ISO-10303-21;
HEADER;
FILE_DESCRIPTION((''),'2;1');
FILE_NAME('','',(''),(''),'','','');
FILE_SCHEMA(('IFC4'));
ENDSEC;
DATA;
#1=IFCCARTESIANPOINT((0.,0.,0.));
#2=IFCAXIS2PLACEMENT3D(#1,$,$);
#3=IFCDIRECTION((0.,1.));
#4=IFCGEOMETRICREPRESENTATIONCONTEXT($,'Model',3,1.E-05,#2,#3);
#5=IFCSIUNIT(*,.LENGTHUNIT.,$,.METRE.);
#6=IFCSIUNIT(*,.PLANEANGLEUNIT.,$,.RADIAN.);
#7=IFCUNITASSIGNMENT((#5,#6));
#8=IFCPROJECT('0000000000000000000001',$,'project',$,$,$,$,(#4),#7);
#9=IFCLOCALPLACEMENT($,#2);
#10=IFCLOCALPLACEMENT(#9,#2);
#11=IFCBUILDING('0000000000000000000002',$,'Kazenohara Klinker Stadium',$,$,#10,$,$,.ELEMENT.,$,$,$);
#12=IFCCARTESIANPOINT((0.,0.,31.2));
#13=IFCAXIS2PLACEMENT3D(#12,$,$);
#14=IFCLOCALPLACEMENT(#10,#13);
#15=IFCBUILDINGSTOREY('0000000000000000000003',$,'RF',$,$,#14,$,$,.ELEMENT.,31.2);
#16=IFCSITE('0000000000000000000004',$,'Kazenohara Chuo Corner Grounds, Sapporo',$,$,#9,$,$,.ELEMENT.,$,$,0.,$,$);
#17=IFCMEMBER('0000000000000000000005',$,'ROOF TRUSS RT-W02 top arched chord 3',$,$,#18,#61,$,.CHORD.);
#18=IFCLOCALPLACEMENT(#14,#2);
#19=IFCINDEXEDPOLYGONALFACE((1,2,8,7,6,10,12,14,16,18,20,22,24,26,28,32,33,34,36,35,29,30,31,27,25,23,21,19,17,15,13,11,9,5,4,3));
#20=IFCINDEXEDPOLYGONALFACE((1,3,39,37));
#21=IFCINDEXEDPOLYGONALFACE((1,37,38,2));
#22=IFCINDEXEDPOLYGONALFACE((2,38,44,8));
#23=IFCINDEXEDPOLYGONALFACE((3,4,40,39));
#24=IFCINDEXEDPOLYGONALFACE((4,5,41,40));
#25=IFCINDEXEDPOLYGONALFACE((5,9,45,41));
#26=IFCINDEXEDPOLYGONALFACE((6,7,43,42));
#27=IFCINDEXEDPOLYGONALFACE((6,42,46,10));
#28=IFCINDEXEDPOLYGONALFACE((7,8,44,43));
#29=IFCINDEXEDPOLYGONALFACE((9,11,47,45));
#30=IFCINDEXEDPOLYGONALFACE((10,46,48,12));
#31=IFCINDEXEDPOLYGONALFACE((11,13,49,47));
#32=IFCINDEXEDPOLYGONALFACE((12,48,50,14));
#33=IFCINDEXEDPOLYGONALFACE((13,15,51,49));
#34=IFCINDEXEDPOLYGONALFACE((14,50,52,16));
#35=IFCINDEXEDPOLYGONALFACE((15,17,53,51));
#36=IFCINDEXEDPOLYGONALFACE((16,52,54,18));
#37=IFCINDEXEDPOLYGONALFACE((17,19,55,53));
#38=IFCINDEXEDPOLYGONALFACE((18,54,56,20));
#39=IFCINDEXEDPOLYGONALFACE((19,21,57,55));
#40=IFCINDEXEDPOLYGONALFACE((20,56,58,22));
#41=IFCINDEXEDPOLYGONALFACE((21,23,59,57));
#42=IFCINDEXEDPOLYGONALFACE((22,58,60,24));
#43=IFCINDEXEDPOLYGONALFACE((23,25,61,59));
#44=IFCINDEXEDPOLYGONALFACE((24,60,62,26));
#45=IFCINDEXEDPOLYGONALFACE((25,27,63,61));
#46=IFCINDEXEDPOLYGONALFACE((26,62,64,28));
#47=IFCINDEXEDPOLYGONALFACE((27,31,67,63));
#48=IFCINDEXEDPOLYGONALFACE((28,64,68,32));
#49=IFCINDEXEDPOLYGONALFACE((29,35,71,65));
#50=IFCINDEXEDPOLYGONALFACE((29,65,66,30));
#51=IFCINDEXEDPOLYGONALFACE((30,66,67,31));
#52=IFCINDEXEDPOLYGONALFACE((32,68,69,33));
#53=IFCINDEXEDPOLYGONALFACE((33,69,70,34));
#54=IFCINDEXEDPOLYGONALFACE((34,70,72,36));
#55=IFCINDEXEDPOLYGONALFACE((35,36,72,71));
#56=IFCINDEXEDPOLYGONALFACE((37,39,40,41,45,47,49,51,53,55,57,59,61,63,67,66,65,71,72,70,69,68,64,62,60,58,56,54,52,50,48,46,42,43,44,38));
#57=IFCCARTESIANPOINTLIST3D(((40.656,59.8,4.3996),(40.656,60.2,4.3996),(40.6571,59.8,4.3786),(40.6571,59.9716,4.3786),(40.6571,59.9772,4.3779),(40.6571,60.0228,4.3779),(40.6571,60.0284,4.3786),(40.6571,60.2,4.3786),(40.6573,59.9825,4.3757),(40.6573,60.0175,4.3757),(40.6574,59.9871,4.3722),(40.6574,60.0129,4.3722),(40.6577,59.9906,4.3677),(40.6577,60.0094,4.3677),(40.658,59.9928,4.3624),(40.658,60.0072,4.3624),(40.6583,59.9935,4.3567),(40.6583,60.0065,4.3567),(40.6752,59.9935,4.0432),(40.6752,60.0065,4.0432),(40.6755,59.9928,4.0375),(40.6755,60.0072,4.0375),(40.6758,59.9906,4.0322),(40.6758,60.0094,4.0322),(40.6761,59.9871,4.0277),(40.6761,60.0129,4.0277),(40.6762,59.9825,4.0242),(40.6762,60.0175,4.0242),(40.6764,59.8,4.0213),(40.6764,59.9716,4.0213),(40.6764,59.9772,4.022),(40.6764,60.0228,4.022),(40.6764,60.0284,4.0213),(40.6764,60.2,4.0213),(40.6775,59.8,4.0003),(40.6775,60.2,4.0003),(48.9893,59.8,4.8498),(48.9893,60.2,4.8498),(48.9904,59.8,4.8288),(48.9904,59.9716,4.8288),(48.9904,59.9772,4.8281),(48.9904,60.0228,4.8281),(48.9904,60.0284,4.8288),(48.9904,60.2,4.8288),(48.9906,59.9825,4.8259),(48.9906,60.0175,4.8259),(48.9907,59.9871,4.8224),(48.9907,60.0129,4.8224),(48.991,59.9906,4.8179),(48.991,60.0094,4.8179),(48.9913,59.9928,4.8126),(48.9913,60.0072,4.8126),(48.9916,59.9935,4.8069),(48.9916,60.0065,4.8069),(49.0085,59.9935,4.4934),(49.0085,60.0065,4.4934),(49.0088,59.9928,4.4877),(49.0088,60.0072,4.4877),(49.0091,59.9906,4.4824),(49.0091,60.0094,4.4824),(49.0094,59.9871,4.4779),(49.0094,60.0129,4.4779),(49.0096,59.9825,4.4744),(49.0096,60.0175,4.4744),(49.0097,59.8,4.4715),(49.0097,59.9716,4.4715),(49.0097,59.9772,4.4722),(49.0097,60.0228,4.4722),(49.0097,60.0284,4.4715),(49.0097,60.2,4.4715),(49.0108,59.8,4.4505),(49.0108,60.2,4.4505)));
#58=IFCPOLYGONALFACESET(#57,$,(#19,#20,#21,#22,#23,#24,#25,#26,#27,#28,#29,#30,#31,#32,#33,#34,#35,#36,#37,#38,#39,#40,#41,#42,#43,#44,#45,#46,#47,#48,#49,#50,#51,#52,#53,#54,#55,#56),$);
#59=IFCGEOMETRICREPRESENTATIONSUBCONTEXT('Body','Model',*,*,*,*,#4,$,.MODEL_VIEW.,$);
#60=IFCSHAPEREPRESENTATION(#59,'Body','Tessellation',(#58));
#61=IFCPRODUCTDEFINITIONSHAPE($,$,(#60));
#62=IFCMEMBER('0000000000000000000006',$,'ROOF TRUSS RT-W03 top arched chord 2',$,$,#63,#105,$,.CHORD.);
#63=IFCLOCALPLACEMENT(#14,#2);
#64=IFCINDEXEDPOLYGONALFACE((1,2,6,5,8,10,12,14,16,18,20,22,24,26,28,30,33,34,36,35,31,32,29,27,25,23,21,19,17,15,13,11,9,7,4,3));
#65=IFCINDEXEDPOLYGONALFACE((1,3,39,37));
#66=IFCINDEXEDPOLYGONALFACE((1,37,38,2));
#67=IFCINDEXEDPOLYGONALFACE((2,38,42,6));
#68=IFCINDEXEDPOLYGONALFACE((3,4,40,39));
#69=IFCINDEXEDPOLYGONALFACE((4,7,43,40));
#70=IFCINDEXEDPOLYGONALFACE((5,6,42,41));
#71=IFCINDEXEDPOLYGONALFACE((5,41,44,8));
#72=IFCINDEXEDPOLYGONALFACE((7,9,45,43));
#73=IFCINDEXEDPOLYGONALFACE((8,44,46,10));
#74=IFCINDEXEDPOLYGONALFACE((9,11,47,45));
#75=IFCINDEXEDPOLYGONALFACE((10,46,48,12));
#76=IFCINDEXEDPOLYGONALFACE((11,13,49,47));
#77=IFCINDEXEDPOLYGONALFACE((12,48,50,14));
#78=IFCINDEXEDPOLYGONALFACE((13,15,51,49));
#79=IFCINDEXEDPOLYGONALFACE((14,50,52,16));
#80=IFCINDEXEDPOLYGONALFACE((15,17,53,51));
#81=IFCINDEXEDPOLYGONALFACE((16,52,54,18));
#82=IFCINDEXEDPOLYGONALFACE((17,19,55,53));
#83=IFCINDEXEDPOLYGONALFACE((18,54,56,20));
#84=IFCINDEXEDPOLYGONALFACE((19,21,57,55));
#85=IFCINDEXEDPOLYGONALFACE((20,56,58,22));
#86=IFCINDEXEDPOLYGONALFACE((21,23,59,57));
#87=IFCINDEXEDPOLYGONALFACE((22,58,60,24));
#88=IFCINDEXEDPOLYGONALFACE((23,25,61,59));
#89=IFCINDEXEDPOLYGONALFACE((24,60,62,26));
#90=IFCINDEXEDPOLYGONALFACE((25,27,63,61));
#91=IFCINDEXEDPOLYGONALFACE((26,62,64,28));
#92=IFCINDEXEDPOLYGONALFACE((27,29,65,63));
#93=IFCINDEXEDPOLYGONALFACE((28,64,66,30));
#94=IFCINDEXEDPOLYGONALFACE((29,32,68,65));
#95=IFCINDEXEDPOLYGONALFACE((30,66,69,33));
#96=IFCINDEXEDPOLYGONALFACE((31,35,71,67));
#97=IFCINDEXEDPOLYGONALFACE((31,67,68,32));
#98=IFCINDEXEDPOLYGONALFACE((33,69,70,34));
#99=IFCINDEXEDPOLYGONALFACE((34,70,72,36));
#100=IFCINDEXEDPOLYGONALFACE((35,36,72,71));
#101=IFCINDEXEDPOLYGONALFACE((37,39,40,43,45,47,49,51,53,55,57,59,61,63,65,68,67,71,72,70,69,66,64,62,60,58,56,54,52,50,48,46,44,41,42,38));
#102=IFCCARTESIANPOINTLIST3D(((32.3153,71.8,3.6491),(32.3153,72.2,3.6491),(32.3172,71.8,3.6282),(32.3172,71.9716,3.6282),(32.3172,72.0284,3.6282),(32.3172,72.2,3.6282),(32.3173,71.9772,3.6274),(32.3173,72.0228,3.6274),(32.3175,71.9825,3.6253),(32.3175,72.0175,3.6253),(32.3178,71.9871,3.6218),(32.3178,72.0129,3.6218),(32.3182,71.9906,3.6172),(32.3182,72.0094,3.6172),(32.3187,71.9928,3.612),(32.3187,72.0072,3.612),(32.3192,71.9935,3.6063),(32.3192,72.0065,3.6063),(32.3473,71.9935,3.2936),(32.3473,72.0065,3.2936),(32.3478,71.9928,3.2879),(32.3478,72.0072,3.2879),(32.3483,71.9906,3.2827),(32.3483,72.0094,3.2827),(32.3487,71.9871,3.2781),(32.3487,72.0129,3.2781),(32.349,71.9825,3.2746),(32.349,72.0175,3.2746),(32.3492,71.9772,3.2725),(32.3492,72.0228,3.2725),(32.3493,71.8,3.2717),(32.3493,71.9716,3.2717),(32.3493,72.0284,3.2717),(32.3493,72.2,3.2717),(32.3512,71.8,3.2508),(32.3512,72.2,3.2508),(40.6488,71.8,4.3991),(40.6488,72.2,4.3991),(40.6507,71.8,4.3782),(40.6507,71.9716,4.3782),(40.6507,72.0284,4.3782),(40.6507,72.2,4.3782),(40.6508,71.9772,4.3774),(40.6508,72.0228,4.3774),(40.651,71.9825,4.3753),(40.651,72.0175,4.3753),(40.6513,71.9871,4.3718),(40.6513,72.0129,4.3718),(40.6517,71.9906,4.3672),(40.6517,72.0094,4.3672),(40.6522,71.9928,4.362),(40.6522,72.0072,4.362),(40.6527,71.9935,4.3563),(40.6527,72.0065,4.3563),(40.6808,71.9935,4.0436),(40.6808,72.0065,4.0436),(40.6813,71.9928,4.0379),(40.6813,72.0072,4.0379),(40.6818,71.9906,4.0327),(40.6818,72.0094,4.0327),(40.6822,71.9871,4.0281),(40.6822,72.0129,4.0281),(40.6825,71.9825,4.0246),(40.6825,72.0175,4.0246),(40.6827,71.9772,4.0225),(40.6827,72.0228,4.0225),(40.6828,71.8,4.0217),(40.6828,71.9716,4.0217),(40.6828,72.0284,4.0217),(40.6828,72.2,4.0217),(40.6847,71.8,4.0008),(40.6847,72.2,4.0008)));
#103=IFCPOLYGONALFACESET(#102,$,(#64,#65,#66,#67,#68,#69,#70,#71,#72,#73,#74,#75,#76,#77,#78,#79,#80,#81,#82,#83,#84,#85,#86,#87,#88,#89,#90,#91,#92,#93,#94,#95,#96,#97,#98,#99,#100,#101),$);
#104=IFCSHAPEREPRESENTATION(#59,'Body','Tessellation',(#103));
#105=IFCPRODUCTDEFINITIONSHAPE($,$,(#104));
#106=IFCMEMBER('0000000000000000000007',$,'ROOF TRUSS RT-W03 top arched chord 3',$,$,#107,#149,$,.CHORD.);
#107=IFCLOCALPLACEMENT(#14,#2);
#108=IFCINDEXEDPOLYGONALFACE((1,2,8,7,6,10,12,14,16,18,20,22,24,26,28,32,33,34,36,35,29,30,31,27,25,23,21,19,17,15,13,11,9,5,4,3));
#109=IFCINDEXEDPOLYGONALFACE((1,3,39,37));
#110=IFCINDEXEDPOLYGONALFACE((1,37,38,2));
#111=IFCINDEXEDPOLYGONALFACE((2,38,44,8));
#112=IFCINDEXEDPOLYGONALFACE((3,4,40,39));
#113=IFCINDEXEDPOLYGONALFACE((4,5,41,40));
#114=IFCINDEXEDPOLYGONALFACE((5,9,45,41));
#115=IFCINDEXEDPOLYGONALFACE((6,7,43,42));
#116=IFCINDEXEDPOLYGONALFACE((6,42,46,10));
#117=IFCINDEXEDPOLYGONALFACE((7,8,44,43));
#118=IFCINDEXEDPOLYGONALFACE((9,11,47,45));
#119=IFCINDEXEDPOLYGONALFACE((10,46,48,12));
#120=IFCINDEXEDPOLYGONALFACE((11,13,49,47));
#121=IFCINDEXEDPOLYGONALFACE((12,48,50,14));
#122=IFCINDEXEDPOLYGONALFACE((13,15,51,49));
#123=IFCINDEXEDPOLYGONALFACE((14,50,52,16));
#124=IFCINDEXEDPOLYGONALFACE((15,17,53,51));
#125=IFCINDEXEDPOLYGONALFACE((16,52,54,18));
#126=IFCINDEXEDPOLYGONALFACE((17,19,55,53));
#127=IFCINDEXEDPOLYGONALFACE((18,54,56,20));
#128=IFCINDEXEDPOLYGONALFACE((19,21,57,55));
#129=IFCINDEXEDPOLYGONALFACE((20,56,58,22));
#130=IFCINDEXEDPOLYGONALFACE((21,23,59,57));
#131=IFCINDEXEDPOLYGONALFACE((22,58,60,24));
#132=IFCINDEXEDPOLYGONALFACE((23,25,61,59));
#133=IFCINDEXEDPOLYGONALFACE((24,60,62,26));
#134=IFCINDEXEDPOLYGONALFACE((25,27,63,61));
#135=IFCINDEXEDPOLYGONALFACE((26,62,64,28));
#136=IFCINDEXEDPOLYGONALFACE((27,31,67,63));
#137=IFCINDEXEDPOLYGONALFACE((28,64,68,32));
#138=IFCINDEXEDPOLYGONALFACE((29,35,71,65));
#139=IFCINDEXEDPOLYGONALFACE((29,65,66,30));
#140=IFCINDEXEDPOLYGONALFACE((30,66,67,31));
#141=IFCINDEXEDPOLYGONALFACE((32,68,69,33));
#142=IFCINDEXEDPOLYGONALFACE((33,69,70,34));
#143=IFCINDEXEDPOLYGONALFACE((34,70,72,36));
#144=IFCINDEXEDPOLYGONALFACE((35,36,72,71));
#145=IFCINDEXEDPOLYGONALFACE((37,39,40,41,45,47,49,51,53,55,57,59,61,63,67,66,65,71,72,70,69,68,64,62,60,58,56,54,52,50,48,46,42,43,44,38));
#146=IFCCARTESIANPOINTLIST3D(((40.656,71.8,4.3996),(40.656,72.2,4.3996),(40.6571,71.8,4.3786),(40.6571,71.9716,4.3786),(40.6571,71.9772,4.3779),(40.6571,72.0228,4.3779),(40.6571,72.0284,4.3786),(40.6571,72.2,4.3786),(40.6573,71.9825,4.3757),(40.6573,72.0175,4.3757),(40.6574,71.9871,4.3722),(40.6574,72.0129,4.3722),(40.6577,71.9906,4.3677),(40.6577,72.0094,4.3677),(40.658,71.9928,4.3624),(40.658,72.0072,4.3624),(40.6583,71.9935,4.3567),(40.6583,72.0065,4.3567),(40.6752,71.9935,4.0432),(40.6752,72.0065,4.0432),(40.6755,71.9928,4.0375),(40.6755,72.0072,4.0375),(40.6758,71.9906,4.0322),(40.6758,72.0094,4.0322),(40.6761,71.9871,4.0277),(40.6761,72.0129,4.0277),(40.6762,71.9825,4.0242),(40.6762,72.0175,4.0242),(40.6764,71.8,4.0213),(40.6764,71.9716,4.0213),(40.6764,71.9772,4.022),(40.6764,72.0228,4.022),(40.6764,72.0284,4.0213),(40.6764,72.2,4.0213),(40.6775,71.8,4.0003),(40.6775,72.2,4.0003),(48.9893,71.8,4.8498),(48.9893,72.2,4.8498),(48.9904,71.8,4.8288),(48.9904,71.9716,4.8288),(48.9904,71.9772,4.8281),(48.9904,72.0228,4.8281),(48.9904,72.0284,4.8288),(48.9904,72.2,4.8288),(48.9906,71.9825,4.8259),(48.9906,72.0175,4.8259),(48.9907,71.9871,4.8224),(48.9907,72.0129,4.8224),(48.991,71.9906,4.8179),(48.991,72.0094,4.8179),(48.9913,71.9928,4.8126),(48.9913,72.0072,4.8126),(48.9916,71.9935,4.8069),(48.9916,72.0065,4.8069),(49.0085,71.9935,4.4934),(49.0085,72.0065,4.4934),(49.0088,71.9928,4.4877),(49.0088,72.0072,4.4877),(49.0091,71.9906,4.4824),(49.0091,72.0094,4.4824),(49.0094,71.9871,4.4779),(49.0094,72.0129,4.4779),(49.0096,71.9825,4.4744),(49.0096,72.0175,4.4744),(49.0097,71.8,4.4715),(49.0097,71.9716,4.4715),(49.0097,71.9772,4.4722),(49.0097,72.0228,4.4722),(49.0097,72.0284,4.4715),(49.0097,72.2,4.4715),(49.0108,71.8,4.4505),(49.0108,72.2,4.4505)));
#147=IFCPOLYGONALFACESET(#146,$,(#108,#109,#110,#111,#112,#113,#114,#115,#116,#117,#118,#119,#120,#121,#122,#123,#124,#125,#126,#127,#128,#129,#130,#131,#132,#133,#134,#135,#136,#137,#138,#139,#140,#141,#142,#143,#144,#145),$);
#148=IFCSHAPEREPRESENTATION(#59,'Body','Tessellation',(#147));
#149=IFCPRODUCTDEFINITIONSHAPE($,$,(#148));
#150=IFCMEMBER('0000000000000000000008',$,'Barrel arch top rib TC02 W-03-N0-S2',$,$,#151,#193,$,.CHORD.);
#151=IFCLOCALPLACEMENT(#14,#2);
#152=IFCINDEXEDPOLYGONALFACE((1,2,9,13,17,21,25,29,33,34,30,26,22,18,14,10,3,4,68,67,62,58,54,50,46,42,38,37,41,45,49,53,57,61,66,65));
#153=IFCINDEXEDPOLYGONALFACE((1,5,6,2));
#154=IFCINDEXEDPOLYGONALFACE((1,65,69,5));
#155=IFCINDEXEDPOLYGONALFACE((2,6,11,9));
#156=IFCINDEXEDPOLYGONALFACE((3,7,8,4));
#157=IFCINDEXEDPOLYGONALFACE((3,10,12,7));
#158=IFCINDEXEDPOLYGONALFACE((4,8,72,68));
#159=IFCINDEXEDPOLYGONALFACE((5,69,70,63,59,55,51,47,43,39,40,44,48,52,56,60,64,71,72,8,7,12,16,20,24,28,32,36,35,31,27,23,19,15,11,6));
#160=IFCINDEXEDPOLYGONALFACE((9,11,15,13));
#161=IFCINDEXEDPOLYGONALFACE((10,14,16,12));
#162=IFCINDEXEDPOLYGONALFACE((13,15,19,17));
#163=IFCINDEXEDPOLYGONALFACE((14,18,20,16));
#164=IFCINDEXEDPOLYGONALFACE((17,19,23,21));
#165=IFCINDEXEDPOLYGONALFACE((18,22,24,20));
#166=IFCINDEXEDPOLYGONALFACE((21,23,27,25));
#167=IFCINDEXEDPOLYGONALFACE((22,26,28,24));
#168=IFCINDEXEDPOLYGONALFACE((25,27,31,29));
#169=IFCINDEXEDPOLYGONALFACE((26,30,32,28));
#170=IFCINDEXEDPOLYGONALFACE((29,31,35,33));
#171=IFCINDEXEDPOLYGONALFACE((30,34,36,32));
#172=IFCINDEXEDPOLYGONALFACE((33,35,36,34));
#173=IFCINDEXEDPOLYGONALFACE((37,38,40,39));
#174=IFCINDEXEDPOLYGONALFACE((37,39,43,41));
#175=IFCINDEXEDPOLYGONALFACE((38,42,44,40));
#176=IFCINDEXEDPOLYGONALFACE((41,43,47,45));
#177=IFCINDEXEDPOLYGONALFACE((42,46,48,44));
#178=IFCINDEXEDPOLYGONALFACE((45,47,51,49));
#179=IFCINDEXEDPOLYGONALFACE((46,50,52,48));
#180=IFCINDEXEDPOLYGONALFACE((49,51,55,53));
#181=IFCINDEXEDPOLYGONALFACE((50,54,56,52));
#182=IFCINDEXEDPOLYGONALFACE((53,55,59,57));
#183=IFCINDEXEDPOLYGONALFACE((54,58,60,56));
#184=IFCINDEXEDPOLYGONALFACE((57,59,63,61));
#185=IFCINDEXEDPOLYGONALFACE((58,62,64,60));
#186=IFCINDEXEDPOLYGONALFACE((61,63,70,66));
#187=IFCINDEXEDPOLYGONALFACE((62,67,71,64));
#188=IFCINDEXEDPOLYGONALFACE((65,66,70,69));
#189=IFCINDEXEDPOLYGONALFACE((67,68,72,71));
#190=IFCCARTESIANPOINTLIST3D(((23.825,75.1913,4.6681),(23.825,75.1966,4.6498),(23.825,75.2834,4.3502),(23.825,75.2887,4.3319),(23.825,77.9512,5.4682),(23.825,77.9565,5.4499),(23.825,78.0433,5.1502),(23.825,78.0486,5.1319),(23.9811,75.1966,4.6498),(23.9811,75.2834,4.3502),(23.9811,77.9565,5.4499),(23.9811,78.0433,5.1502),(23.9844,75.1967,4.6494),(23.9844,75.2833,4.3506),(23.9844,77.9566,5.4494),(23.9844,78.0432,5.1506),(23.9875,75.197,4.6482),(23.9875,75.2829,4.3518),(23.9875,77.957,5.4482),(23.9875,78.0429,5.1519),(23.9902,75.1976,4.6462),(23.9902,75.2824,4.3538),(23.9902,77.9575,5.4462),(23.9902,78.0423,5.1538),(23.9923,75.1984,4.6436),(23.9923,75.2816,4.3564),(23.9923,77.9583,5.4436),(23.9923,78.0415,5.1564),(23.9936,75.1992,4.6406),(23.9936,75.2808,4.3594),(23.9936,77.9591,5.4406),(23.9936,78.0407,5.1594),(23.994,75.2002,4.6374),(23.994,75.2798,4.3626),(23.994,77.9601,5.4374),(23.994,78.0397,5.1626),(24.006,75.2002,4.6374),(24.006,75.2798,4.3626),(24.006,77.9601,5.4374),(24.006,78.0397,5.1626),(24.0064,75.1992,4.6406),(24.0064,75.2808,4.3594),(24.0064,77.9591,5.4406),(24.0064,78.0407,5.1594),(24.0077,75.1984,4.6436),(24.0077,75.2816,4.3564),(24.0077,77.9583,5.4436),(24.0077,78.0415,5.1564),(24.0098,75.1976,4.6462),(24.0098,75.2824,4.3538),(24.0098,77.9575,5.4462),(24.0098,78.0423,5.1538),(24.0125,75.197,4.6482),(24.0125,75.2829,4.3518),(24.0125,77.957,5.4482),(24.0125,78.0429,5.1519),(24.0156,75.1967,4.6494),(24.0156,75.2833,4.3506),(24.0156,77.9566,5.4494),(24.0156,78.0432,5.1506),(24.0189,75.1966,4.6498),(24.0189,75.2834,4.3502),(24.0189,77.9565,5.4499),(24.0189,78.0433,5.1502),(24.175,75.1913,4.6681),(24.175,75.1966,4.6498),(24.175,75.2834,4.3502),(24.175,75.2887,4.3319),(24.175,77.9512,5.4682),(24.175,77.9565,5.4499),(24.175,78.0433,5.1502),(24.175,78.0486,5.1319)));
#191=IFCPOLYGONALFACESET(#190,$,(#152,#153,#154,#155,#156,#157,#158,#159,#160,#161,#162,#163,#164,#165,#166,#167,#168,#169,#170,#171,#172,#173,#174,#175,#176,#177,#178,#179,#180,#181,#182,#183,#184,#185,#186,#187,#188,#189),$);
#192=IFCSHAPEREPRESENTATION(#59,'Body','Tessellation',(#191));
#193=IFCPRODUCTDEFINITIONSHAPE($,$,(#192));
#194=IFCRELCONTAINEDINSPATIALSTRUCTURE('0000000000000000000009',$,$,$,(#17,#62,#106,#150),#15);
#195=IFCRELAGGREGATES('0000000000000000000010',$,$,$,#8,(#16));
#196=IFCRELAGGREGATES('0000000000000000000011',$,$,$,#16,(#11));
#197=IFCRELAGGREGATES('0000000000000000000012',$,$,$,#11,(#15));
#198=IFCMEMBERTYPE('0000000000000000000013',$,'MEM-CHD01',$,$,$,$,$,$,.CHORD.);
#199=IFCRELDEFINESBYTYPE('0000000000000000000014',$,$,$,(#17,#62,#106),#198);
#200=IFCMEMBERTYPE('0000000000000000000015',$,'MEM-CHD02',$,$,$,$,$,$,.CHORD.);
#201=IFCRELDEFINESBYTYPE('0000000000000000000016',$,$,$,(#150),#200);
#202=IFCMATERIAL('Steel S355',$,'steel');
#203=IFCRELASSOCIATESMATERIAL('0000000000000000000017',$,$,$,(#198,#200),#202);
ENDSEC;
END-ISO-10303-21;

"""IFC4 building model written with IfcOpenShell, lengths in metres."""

from ifc_helpers import new_model, si_unit, direction, frame, origin, origin_2d, place, context, subcontext, project, spatial, i_section, extrude, material, material_profile, profile_set, type_object, element, save


model = new_model("IFC4")

# Units and contexts
model_context = context("Model", 3, precision=1e-05, world=origin(), true_north=direction((0.0, 1.0)))
body_context = subcontext(model_context, "Body", "Model", "MODEL_VIEW")
ifc_project = project(units=[si_unit("LENGTHUNIT", "METRE"), si_unit("PLANEANGLEUNIT", "RADIAN")], contexts=[model_context])

# Site, building, storey
site_placement = place(None, origin())
site = spatial("IfcSite", under=ifc_project, at=site_placement, Name="Kazenohara Chuo Corner Grounds, Sapporo", CompositionType="ELEMENT", RefElevation=0.0)
building_placement = place(site_placement, origin())
building = spatial("IfcBuilding", under=site, at=building_placement, Name="Kazenohara Klinker Stadium", CompositionType="ELEMENT")
storey_placement = place(building_placement, frame((0.0, 0.0, 31.2)))
storey = spatial("IfcBuildingStorey", under=building, at=storey_placement, Name="RF", CompositionType="ELEMENT", Elevation=31.2)

# Members
ifc_material_1 = material(Name="Steel S355", Category="steel")
ifc_material_profile_1 = material_profile(ifc_material_1, i_section(OverallWidth=0.3999, OverallDepth=0.3999, WebThickness=0.0129, FlangeThickness=0.021, FilletRadius=0.022, at=origin_2d()), Name="H-400x400x13x21")
ifc_profile_set_1 = profile_set([ifc_material_profile_1], Name="Steel S355")
member_type_1 = type_object("IfcMemberType", Name="MEM-CHD01", PredefinedType="CHORD", material=ifc_profile_set_1)
member_1_placement = place(storey_placement, frame((40.6667, 60.0, 4.2), z_axis=(0.998544, 0.0, 0.053945), x_axis=(0.0, 1.0, 0.0)))
element("IfcMember", 1, at=member_1_placement, inside=storey, type_object=member_type_1, Name="ROOF TRUSS RT-W02 top arched chord 3", PredefinedType="CHORD", context=body_context, shape_type="SweptSolid", body=[
    extrude(i_section(OverallWidth=0.3999, OverallDepth=0.3999, WebThickness=0.0129, FlangeThickness=0.021, FilletRadius=0.022, at=origin_2d()), origin(), (0.0, 0.0, 1.0), 8.3455),
])
member_2_placement = place(storey_placement, frame((32.3333, 72.0, 3.45), z_axis=(0.995975, 0.0, 0.089636), x_axis=(0.0, 1.0, 0.0)))
element("IfcMember", 2, at=member_2_placement, inside=storey, type_object=member_type_1, Name="ROOF TRUSS RT-W03 top arched chord 2", PredefinedType="CHORD", context=body_context, shape_type="SweptSolid", body=[
    extrude(i_section(OverallWidth=0.3999, OverallDepth=0.3999, WebThickness=0.0129, FlangeThickness=0.021, FilletRadius=0.022, at=origin_2d()), origin(), (0.0, 0.0, 1.0), 8.3672),
])
member_3_placement = place(storey_placement, frame((40.6667, 72.0, 4.2), z_axis=(0.998544, 0.0, 0.053945), x_axis=(0.0, 1.0, 0.0)))
element("IfcMember", 3, at=member_3_placement, inside=storey, type_object=member_type_1, Name="ROOF TRUSS RT-W03 top arched chord 3", PredefinedType="CHORD", context=body_context, shape_type="SweptSolid", body=[
    extrude(i_section(OverallWidth=0.3999, OverallDepth=0.3999, WebThickness=0.0129, FlangeThickness=0.021, FilletRadius=0.022, at=origin_2d()), origin(), (0.0, 0.0, 1.0), 8.3455),
])
ifc_material_profile_2 = material_profile(ifc_material_1, i_section(OverallWidth=0.3501, OverallDepth=0.3501, WebThickness=0.012, FlangeThickness=0.019, FilletRadius=0.0129, at=origin_2d()), Name="H-350x350x12x19")
ifc_profile_set_2 = profile_set([ifc_material_profile_2], Name="Steel S355")
member_type_2 = type_object("IfcMemberType", Name="MEM-CHD02", PredefinedType="CHORD", material=ifc_profile_set_2)
member_4_placement = place(storey_placement, frame((24.0, 75.24, 4.5), z_axis=(0.0, 0.960462, 0.278411), x_axis=(-1.0, 0.0, 0.0)))
element("IfcMember", 4, at=member_4_placement, inside=storey, type_object=member_type_2, Name="Barrel arch top rib TC02 W-03-N0-S2", PredefinedType="CHORD", context=body_context, shape_type="SweptSolid", body=[
    extrude(i_section(OverallWidth=0.3501, OverallDepth=0.3501, WebThickness=0.012, FlangeThickness=0.019, FilletRadius=0.0129, at=origin_2d()), origin(), (0.0, 0.0, 1.0), 2.8735),
])

save(model, "model.ifc")
